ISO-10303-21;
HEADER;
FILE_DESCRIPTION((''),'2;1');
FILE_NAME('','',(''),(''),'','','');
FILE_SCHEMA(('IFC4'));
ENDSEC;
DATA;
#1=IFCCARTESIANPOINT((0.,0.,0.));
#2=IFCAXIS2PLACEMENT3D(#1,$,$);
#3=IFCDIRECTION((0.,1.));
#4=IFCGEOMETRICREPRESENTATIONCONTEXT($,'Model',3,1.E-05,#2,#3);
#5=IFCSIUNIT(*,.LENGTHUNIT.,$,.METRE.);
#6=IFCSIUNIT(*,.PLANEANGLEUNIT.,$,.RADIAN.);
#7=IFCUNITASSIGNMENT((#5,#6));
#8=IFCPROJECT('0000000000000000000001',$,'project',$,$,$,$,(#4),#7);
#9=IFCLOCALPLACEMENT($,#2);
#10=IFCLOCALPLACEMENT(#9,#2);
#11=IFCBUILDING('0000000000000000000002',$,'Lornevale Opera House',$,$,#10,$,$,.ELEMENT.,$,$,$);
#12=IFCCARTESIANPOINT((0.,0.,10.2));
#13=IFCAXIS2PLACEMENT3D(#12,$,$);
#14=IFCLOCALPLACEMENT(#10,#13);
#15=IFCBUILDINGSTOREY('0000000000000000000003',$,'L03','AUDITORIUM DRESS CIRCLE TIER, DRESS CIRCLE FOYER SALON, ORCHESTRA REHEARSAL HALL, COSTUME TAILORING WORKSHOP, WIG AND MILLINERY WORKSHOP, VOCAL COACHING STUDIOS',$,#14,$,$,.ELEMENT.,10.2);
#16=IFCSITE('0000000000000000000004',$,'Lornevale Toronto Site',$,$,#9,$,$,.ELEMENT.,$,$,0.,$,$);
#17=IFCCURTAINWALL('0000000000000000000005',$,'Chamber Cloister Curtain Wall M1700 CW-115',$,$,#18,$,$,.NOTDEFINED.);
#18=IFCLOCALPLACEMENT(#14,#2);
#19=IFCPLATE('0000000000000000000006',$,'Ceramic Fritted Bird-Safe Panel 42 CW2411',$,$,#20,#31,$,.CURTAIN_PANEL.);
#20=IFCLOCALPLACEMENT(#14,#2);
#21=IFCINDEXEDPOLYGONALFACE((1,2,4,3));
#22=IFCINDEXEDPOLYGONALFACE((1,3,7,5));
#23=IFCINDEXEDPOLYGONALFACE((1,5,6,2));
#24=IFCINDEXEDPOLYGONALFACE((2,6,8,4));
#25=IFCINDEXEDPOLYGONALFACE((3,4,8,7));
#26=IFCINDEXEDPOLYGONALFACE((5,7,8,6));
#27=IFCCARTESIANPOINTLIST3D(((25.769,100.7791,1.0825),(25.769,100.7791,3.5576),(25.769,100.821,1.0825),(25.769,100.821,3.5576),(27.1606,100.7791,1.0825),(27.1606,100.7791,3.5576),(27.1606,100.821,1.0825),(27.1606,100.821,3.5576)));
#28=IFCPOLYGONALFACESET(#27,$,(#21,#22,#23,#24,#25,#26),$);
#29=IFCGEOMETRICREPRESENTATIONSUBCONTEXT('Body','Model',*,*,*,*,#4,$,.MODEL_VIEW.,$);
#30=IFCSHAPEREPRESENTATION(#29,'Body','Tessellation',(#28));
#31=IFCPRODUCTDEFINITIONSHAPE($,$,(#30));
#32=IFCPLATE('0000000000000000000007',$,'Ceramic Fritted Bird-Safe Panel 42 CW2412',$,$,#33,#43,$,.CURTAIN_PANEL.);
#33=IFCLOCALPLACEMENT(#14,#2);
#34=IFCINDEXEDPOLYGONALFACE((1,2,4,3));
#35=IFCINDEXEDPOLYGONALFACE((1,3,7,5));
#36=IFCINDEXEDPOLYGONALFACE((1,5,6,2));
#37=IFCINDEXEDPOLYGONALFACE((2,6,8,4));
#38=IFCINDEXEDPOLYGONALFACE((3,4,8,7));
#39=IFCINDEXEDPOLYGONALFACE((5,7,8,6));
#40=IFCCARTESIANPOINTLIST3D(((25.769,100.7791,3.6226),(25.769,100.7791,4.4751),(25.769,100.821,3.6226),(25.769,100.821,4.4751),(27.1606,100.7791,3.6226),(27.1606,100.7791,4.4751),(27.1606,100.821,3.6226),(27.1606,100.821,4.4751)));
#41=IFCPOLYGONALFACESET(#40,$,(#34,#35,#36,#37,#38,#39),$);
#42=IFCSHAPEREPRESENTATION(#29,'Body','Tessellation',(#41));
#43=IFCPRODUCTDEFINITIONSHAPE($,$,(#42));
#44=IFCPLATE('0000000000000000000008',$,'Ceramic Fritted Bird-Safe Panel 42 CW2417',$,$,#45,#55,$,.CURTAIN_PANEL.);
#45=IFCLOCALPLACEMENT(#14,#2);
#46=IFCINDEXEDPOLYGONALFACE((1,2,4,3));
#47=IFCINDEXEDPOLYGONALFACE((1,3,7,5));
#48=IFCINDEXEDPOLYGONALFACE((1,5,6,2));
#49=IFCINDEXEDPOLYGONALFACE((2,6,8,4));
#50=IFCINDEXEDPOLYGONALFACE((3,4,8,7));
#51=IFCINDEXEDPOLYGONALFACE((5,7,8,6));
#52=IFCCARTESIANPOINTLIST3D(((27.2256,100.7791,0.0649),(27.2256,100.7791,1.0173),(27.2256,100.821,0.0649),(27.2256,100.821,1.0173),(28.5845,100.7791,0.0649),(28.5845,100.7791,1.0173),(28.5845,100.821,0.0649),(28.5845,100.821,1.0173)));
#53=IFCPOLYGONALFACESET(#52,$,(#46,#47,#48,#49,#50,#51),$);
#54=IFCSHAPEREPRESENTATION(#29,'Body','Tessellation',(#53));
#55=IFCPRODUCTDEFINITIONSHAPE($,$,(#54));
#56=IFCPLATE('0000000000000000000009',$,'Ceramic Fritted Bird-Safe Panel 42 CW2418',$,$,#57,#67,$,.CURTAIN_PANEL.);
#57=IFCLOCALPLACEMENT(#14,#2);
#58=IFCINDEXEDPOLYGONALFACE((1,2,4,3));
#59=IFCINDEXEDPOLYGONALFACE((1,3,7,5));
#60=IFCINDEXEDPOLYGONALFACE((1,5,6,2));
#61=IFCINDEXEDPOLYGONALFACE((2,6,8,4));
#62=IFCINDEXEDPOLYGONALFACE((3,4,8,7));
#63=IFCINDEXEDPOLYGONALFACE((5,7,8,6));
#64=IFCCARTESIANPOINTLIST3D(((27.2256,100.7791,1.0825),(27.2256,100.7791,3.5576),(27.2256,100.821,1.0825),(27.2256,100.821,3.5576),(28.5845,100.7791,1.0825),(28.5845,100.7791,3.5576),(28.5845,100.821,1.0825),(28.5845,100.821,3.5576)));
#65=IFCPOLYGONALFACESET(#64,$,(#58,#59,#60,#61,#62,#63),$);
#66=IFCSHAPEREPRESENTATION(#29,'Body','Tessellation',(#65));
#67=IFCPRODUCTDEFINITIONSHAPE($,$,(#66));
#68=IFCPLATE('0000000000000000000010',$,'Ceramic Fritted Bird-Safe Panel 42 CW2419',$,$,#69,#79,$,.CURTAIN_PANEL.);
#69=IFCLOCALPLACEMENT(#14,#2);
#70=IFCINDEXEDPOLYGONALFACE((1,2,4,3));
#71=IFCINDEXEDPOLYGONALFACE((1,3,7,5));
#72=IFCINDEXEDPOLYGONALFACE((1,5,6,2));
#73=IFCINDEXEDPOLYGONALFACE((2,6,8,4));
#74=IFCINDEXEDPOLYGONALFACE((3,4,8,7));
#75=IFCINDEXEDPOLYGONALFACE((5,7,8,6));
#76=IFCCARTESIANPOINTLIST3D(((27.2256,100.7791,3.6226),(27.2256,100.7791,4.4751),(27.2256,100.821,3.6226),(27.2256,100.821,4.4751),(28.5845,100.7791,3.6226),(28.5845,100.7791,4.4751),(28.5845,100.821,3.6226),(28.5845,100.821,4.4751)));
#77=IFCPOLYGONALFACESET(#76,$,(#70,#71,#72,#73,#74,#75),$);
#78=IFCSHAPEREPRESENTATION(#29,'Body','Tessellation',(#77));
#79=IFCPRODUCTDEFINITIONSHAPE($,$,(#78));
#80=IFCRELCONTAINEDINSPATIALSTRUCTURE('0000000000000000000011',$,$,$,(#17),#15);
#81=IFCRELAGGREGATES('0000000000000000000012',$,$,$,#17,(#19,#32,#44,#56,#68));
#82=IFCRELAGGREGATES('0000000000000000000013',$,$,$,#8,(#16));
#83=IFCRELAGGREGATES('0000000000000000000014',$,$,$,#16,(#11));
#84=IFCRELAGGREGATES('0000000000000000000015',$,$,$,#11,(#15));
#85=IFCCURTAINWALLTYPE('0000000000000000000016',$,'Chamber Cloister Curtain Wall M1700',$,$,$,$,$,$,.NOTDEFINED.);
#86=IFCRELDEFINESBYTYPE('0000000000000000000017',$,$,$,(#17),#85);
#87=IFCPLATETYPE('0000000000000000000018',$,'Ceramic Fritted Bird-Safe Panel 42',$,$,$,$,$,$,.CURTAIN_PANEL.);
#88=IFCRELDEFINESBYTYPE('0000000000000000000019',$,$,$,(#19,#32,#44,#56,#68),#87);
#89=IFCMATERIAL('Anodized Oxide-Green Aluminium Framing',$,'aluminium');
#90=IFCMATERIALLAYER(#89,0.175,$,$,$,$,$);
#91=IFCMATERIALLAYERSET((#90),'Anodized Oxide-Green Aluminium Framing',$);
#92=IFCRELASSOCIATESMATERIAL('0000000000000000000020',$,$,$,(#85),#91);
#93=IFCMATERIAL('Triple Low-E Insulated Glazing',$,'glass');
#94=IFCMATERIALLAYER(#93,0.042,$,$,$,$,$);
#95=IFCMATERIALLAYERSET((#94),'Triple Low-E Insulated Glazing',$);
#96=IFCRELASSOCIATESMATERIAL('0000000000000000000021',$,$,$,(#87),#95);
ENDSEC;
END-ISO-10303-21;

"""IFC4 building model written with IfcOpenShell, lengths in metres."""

from ifc_helpers import new_model, si_unit, direction, frame, origin, origin_2d, place, context, subcontext, project, spatial, rectangle, extrude, material, layer, layer_set, type_object, element, aggregate, save


model = new_model("IFC4")

# Units and contexts
model_context = context("Model", 3, precision=1e-05, world=origin(), true_north=direction((0.0, 1.0)))
body_context = subcontext(model_context, "Body", "Model", "MODEL_VIEW")
ifc_project = project(units=[si_unit("LENGTHUNIT", "METRE"), si_unit("PLANEANGLEUNIT", "RADIAN")], contexts=[model_context])

# Site, building, storey
site_placement = place(None, origin())
site = spatial("IfcSite", under=ifc_project, at=site_placement, Name="Lornevale Toronto Site", CompositionType="ELEMENT", RefElevation=0.0)
building_placement = place(site_placement, origin())
building = spatial("IfcBuilding", under=site, at=building_placement, Name="Lornevale Opera House", CompositionType="ELEMENT")
storey_placement = place(building_placement, frame((0.0, 0.0, 10.2)))
storey = spatial("IfcBuildingStorey", under=building, at=storey_placement, Name="L03", Description="AUDITORIUM DRESS CIRCLE TIER, DRESS CIRCLE FOYER SALON, ORCHESTRA REHEARSAL HALL, COSTUME TAILORING WORKSHOP, WIG AND MILLINERY WORKSHOP, VOCAL COACHING STUDIOS", CompositionType="ELEMENT", Elevation=10.2)

# Shared definitions
ifc_material_1 = material(Name="Anodized Oxide-Green Aluminium Framing", Category="aluminium")
ifc_layer_1 = layer(ifc_material_1, 0.175)
ifc_layer_set_1 = layer_set([ifc_layer_1], Name="Anodized Oxide-Green Aluminium Framing")
curtain_wall_type = type_object("IfcCurtainWallType", Name="Chamber Cloister Curtain Wall M1700", PredefinedType="NOTDEFINED", material=ifc_layer_set_1)

# Curtain wall
curtain_wall_1_placement = place(storey_placement, origin())
curtain_wall_1 = element("IfcCurtainWall", 1, at=curtain_wall_1_placement, inside=storey, type_object=curtain_wall_type, Name="Chamber Cloister Curtain Wall M1700 CW-115", PredefinedType="NOTDEFINED")

# Plates
ifc_material_2 = material(Name="Triple Low-E Insulated Glazing", Category="glass")
ifc_layer_2 = layer(ifc_material_2, 0.042)
ifc_layer_set_2 = layer_set([ifc_layer_2], Name="Triple Low-E Insulated Glazing")
plate_type = type_object("IfcPlateType", Name="Ceramic Fritted Bird-Safe Panel 42", PredefinedType="CURTAIN_PANEL", material=ifc_layer_set_2)
plate_1_placement = place(storey_placement, frame((26.4648, 100.8, 1.0825), z_axis=(0.0, 0.0, 1.0), x_axis=(1.0, 0.0, 0.0)))
plate_1 = element("IfcPlate", 2, at=plate_1_placement, type_object=plate_type, Name="Ceramic Fritted Bird-Safe Panel 42 CW2411", PredefinedType="CURTAIN_PANEL", context=body_context, shape_type="SweptSolid", body=[
    extrude(rectangle(XDim=1.3916, YDim=0.042, at=origin_2d()), origin(), (0.0, 0.0, 1.0), 2.4751),
])
plate_2_placement = place(storey_placement, frame((26.4648, 100.8, 3.6226), z_axis=(0.0, 0.0, 1.0), x_axis=(1.0, 0.0, 0.0)))
plate_2 = element("IfcPlate", 3, at=plate_2_placement, type_object=plate_type, Name="Ceramic Fritted Bird-Safe Panel 42 CW2412", PredefinedType="CURTAIN_PANEL", context=body_context, shape_type="SweptSolid", body=[
    extrude(rectangle(XDim=1.3916, YDim=0.042, at=origin_2d()), origin(), (0.0, 0.0, 1.0), 0.8525),
])
plate_3_placement = place(storey_placement, frame((27.905, 100.8, 0.0649), z_axis=(0.0, 0.0, 1.0), x_axis=(1.0, 0.0, 0.0)))
plate_3 = element("IfcPlate", 4, at=plate_3_placement, type_object=plate_type, Name="Ceramic Fritted Bird-Safe Panel 42 CW2417", PredefinedType="CURTAIN_PANEL", context=body_context, shape_type="SweptSolid", body=[
    extrude(rectangle(XDim=1.3589, YDim=0.042, at=origin_2d()), origin(), (0.0, 0.0, 1.0), 0.9524),
])
plate_4_placement = place(storey_placement, frame((27.905, 100.8, 1.0825), z_axis=(0.0, 0.0, 1.0), x_axis=(1.0, 0.0, 0.0)))
plate_4 = element("IfcPlate", 5, at=plate_4_placement, type_object=plate_type, Name="Ceramic Fritted Bird-Safe Panel 42 CW2418", PredefinedType="CURTAIN_PANEL", context=body_context, shape_type="SweptSolid", body=[
    extrude(rectangle(XDim=1.3589, YDim=0.042, at=origin_2d()), origin(), (0.0, 0.0, 1.0), 2.4751),
])
plate_5_placement = place(storey_placement, frame((27.905, 100.8, 3.6226), z_axis=(0.0, 0.0, 1.0), x_axis=(1.0, 0.0, 0.0)))
plate_5 = element("IfcPlate", 6, at=plate_5_placement, type_object=plate_type, Name="Ceramic Fritted Bird-Safe Panel 42 CW2419", PredefinedType="CURTAIN_PANEL", context=body_context, shape_type="SweptSolid", body=[
    extrude(rectangle(XDim=1.3589, YDim=0.042, at=origin_2d()), origin(), (0.0, 0.0, 1.0), 0.8525),
])
aggregate(curtain_wall_1, [plate_1, plate_2, plate_3, plate_4, plate_5])

save(model, "model.ifc")
